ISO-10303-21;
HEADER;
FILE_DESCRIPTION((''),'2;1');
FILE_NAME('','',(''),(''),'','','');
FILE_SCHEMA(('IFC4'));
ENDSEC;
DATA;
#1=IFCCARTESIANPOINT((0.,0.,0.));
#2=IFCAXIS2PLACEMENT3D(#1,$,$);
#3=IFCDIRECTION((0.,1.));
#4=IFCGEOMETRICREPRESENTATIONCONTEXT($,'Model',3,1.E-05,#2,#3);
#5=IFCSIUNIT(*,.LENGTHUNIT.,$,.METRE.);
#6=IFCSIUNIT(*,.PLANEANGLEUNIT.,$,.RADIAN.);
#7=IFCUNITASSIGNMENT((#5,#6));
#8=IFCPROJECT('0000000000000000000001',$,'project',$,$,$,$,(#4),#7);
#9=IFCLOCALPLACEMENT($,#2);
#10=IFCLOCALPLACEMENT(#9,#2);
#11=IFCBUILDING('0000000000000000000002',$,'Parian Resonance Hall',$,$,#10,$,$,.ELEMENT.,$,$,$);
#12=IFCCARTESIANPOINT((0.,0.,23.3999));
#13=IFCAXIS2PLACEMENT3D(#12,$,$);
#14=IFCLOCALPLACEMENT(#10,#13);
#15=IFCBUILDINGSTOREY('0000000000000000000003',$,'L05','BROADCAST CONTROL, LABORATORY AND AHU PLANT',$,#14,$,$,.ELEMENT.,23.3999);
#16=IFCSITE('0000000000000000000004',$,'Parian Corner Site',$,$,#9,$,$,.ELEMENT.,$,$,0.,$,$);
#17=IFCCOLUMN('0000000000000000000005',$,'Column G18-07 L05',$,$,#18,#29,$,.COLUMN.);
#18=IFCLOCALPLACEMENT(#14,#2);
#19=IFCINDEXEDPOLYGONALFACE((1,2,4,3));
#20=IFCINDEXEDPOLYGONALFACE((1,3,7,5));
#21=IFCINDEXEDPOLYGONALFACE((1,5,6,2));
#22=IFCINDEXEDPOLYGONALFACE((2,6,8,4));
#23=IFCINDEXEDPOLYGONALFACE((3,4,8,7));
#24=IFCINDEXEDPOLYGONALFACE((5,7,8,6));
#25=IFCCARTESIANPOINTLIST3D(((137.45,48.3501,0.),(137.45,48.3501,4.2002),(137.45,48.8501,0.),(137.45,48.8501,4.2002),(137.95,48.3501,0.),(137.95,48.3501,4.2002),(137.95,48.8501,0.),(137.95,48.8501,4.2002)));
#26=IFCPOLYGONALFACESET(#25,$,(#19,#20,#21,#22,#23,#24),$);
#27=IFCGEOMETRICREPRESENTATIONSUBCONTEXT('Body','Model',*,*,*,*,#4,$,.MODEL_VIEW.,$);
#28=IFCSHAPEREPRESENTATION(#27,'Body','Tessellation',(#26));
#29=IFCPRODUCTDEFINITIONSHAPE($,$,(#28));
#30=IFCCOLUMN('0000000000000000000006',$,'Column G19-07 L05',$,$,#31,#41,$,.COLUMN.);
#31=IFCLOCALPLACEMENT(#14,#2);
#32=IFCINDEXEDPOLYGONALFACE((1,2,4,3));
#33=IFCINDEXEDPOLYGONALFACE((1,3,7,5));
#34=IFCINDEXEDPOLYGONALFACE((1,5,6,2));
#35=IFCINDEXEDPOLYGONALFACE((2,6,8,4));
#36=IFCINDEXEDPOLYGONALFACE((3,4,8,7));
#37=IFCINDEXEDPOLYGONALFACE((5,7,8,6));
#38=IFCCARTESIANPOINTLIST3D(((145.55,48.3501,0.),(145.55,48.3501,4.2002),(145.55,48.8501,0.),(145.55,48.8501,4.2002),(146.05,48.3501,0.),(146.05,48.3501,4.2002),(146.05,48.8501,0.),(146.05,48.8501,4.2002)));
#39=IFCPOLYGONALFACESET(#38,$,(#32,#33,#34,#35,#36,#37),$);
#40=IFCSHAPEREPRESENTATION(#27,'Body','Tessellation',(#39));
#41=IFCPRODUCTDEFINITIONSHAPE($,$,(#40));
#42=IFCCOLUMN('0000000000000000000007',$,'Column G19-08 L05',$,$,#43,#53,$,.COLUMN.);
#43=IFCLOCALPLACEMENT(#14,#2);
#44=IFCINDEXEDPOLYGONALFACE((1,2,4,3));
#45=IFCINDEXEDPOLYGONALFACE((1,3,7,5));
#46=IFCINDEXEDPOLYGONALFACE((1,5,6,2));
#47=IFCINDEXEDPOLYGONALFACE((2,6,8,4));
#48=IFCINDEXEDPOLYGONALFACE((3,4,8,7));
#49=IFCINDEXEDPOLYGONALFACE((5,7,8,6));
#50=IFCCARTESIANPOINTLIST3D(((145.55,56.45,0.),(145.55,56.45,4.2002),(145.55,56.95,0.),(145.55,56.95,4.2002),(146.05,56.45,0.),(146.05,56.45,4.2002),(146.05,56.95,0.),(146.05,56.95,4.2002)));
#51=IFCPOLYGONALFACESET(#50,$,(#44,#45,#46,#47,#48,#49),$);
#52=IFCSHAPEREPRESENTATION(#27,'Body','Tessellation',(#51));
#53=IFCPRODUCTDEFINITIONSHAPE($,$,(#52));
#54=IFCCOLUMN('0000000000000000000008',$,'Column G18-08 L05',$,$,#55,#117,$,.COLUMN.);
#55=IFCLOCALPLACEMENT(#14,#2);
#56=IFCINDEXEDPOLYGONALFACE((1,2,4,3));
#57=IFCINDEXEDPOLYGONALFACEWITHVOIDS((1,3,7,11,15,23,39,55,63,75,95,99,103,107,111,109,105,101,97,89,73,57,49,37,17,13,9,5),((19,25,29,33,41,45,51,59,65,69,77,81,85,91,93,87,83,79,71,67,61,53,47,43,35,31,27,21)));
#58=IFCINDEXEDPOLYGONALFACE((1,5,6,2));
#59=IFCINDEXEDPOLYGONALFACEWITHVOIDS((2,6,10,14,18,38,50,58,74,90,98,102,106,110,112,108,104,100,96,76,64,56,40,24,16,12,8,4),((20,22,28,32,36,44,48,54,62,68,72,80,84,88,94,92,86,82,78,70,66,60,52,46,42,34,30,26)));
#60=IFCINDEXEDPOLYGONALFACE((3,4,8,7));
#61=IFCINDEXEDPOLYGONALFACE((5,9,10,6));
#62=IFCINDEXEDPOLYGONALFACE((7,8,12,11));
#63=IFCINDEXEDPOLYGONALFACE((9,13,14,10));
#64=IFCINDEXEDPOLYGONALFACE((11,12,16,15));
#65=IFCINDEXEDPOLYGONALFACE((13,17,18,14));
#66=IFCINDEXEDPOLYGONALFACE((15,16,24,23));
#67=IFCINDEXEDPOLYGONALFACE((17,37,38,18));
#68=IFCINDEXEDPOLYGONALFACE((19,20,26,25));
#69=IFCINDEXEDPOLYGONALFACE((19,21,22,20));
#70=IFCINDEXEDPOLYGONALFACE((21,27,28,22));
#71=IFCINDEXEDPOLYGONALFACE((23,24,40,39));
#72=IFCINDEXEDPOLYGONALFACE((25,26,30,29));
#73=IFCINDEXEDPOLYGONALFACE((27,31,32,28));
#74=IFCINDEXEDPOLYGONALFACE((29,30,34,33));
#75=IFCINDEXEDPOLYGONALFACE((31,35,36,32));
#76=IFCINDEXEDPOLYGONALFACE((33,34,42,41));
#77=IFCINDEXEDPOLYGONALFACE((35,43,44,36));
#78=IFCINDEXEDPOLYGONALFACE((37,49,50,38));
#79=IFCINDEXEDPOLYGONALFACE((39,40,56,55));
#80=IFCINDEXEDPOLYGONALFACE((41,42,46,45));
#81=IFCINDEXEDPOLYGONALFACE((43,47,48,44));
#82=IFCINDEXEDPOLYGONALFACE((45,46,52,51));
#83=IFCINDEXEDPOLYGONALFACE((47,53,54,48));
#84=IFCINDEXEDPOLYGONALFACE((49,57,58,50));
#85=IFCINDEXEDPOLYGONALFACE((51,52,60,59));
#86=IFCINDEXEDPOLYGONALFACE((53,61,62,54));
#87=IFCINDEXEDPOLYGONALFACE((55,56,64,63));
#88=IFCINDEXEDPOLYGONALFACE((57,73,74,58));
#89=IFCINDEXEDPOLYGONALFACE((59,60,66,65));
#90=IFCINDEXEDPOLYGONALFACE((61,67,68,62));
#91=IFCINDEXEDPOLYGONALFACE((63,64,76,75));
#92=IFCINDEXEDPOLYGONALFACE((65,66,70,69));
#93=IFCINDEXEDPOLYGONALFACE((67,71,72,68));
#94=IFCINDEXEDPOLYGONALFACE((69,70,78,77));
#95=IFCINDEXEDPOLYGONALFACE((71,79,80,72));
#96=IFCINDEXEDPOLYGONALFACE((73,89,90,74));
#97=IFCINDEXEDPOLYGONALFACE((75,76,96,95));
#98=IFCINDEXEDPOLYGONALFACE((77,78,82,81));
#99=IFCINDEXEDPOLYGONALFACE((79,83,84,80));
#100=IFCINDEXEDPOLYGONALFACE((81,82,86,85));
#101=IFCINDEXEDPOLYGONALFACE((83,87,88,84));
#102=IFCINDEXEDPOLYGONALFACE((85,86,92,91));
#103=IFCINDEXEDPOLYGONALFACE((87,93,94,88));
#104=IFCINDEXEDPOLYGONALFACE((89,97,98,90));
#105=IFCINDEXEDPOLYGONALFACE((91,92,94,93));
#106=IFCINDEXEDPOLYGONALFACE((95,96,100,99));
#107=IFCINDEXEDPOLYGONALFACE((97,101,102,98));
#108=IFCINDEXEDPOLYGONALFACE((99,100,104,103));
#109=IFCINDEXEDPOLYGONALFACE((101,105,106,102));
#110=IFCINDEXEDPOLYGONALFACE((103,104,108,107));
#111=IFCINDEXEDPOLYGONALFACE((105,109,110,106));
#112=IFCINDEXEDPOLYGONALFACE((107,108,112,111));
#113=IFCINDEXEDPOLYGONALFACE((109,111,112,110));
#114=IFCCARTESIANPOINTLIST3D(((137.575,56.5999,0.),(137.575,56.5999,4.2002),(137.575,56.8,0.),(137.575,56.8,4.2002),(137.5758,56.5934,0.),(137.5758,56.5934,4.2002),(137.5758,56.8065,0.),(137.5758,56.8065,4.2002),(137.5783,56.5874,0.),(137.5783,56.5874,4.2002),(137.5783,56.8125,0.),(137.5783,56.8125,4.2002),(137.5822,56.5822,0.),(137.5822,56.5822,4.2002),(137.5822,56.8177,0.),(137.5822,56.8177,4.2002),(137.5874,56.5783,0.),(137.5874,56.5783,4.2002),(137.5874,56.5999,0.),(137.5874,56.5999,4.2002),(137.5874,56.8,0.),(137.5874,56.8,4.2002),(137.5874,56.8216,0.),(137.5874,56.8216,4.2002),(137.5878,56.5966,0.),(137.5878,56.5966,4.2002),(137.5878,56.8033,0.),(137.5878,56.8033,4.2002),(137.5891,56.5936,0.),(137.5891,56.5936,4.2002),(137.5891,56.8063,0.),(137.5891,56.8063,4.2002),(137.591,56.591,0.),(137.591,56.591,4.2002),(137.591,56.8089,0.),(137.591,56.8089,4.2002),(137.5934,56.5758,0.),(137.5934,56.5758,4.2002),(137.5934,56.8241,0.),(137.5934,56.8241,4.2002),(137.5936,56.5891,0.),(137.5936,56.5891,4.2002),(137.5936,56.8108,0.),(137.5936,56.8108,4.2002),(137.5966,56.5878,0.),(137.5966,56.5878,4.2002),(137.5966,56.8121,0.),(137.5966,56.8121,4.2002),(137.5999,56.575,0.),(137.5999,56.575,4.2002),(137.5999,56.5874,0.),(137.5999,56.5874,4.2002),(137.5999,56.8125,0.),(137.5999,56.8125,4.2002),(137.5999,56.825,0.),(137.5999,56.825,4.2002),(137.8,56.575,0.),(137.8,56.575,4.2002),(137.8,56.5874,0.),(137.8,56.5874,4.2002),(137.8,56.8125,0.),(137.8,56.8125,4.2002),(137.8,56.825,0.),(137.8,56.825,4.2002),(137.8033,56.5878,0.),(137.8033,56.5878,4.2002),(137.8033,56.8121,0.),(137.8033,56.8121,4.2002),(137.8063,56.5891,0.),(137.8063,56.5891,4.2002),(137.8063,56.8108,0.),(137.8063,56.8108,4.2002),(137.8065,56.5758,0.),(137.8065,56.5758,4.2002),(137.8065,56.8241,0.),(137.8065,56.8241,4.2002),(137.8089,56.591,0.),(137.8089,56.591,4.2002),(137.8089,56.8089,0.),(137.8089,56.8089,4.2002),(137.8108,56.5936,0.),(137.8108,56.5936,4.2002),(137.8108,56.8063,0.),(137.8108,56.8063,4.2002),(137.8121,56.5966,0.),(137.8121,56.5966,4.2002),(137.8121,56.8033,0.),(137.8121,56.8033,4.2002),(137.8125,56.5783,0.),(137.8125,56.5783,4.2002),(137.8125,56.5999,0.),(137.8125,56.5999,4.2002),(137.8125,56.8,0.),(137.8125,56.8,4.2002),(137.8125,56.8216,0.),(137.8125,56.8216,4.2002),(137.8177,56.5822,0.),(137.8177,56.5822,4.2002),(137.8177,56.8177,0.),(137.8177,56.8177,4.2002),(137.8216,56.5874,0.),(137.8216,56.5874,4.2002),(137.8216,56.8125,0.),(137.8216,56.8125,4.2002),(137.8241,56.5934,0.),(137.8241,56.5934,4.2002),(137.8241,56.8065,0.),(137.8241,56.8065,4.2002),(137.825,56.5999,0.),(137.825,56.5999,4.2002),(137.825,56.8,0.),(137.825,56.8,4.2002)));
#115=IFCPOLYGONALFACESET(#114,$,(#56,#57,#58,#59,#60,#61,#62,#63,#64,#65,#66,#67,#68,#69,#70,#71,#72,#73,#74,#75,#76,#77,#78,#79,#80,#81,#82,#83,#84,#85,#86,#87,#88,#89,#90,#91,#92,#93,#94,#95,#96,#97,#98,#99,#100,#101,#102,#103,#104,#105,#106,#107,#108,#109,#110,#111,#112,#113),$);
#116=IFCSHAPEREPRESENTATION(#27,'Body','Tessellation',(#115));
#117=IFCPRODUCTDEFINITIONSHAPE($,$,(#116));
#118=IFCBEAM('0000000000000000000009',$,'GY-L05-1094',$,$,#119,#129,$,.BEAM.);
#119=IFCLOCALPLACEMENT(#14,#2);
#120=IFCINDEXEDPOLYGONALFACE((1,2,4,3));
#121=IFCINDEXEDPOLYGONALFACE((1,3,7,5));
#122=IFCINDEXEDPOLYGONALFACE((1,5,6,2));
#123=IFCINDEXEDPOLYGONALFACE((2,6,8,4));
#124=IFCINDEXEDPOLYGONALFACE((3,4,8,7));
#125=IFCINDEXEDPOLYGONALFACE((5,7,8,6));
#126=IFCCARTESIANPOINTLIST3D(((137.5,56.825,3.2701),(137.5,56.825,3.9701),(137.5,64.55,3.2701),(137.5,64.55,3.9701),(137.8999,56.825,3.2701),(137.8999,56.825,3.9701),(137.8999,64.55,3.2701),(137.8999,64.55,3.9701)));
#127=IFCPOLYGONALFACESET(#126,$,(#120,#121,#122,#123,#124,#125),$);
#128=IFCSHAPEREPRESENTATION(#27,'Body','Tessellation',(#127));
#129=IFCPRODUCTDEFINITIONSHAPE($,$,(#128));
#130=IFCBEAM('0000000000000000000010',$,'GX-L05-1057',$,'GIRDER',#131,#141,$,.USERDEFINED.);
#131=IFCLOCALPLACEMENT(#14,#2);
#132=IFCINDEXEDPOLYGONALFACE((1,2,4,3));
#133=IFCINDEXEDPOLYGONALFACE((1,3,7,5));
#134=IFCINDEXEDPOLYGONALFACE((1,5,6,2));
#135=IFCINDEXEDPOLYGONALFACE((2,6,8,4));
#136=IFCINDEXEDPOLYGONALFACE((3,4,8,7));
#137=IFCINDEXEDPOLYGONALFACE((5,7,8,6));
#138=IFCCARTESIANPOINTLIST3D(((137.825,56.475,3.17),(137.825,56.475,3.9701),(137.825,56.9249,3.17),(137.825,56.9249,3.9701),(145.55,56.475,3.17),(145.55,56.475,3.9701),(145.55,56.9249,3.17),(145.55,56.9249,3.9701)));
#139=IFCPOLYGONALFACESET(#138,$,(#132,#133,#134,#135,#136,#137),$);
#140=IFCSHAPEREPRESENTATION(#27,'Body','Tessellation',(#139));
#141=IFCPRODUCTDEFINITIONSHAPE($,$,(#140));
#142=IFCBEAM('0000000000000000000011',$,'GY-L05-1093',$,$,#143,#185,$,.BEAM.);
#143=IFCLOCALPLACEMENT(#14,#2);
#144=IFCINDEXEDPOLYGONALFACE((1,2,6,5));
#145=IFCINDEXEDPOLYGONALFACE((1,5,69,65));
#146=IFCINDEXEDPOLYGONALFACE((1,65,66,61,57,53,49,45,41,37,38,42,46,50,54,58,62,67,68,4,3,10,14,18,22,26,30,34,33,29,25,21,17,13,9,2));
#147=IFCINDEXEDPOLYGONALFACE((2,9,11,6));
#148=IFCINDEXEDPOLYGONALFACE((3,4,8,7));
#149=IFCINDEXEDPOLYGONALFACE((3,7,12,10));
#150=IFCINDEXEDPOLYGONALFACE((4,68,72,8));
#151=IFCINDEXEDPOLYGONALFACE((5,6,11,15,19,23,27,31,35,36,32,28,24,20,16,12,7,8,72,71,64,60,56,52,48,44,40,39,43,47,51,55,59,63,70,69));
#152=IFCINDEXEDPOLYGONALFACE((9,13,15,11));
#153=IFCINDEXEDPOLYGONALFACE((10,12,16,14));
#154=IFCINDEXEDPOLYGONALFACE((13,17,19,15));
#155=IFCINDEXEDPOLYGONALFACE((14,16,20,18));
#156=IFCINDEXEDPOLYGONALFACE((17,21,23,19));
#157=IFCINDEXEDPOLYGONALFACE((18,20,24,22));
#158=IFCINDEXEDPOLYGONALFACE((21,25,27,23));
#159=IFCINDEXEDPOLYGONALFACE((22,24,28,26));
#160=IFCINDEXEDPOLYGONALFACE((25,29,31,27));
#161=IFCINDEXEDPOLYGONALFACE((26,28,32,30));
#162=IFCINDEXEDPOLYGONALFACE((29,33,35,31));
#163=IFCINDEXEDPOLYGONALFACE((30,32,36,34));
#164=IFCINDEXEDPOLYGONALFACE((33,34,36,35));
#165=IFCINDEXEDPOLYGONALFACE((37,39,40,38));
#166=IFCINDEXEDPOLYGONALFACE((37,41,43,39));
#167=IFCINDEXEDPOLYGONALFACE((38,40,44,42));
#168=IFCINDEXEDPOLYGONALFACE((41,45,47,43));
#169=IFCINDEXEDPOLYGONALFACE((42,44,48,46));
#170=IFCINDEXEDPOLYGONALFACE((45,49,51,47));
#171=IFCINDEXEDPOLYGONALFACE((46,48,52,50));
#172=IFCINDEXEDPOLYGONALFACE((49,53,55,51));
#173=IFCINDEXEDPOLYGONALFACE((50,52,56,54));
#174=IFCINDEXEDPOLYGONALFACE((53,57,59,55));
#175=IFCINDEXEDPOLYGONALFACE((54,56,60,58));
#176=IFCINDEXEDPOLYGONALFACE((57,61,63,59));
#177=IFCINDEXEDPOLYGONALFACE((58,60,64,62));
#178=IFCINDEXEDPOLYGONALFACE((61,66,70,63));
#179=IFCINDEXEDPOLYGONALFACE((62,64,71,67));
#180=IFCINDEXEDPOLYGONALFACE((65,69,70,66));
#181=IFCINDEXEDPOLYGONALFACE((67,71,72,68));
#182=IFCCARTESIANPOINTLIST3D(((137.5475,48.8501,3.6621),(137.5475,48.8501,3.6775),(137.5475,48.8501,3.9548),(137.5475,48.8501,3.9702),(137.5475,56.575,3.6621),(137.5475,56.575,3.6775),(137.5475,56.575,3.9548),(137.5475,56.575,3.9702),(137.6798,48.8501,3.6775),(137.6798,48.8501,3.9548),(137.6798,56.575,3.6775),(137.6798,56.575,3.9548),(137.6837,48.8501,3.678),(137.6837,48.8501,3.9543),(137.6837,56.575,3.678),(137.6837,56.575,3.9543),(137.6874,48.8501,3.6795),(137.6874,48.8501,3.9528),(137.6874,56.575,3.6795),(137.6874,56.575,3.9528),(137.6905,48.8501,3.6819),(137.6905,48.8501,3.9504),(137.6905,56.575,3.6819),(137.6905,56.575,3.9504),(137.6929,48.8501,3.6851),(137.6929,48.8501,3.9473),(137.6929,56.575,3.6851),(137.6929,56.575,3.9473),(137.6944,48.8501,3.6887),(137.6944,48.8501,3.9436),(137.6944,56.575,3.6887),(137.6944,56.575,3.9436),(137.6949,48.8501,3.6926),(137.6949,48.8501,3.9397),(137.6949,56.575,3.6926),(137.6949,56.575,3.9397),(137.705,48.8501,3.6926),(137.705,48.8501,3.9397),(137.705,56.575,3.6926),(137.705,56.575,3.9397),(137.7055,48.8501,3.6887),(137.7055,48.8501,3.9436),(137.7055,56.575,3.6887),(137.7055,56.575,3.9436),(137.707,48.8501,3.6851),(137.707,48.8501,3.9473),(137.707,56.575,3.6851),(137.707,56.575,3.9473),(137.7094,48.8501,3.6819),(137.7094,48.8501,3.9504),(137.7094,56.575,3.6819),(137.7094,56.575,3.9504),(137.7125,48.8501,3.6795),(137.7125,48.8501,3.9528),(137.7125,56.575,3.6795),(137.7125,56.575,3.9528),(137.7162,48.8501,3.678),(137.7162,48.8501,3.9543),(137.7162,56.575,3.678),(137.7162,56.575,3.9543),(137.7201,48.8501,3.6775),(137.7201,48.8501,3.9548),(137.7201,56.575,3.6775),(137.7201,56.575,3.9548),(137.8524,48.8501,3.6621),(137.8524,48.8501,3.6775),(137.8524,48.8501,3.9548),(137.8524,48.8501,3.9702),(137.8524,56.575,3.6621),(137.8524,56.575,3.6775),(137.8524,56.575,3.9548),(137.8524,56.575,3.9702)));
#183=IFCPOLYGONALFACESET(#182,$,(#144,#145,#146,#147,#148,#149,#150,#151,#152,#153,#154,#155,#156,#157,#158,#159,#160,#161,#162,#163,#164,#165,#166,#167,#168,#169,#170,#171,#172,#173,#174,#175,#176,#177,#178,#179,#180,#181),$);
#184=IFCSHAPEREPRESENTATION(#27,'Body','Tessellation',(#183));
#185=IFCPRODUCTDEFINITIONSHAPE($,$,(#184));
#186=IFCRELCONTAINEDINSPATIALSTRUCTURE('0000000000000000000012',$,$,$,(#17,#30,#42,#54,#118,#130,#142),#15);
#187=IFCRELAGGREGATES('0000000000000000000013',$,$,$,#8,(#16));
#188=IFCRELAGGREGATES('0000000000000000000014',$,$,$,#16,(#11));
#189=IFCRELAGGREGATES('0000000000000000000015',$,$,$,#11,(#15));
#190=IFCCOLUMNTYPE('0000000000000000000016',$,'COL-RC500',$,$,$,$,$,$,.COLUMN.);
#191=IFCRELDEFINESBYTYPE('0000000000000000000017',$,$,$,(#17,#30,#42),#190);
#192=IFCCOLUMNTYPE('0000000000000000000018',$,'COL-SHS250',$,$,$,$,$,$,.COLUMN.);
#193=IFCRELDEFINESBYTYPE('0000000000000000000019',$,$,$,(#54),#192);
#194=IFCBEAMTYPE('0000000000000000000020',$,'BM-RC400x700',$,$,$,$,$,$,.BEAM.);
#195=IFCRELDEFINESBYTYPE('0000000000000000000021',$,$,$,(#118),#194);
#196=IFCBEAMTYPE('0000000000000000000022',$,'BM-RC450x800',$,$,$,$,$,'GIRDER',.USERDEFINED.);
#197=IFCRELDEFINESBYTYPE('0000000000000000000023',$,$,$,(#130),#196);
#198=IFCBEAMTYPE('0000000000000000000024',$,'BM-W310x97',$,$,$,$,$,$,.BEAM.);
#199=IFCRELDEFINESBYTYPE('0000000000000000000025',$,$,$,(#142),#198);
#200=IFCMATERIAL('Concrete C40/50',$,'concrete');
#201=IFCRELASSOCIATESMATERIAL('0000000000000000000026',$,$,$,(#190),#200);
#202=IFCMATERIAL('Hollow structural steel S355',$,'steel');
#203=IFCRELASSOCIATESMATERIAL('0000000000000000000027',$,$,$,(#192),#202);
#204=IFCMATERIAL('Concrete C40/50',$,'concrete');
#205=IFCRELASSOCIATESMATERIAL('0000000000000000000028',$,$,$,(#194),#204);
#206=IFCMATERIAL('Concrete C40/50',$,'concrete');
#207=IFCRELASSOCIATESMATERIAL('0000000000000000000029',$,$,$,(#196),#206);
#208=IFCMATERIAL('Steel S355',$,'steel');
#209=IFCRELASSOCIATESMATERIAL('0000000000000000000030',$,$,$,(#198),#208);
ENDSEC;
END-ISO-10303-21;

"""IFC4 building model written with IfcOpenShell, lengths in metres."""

from ifc_helpers import new_model, si_unit, direction, frame, origin, origin_2d, place, context, subcontext, project, spatial, rectangle, hollow_rectangle, i_section, extrude, material, material_profile, profile_set, type_object, element, save


model = new_model("IFC4")

# Units and contexts
model_context = context("Model", 3, precision=1e-05, world=origin(), true_north=direction((0.0, 1.0)))
body_context = subcontext(model_context, "Body", "Model", "MODEL_VIEW")
ifc_project = project(units=[si_unit("LENGTHUNIT", "METRE"), si_unit("PLANEANGLEUNIT", "RADIAN")], contexts=[model_context])

# Site, building, storey
site_placement = place(None, origin())
site = spatial("IfcSite", under=ifc_project, at=site_placement, Name="Parian Corner Site", CompositionType="ELEMENT", RefElevation=0.0)
building_placement = place(site_placement, origin())
building = spatial("IfcBuilding", under=site, at=building_placement, Name="Parian Resonance Hall", CompositionType="ELEMENT")
storey_placement = place(building_placement, frame((0.0, 0.0, 23.3999)))
storey = spatial("IfcBuildingStorey", under=building, at=storey_placement, Name="L05", Description="BROADCAST CONTROL, LABORATORY AND AHU PLANT", CompositionType="ELEMENT", Elevation=23.3999)

# Columns
ifc_material_1 = material(Name="Concrete C40/50", Category="concrete")
ifc_material_profile_1 = material_profile(ifc_material_1, rectangle(XDim=0.5, YDim=0.5, at=origin_2d()), Name="RC-COL-500x500")
ifc_profile_set_1 = profile_set([ifc_material_profile_1], Name="Concrete C40/50")
column_type_1 = type_object("IfcColumnType", Name="COL-RC500", PredefinedType="COLUMN", material=ifc_profile_set_1)
for number, where, z_axis, x_axis, name in (
    (1, (137.7, 48.6001, 0.0), (0.0, 0.0, 1.0), (1.0, 0.0, 0.0), "Column G18-07 L05"),
    (2, (145.8, 48.6001, 0.0), (0.0, 0.0, 1.0), (1.0, 0.0, 0.0), "Column G19-07 L05"),
    (3, (145.8, 56.7, 0.0), (0.0, 0.0, 1.0), (1.0, 0.0, 0.0), "Column G19-08 L05"),
):
    element("IfcColumn", number, at=place(storey_placement, frame(where, z_axis=z_axis, x_axis=x_axis)), inside=storey, type_object=column_type_1, Name=name, PredefinedType="COLUMN", context=body_context, shape_type="SweptSolid", body=[
        extrude(rectangle(XDim=0.5, YDim=0.5, at=origin_2d()), origin(), (0.0, 0.0, 1.0), 4.2002),
    ])
ifc_material_2 = material(Name="Hollow structural steel S355", Category="steel")
ifc_material_profile_2 = material_profile(ifc_material_2, hollow_rectangle(XDim=0.25, YDim=0.25, WallThickness=0.0125, InnerFilletRadius=0.0125, OuterFilletRadius=0.0249, at=origin_2d()), Name="SHS250x250x12.5")
ifc_profile_set_2 = profile_set([ifc_material_profile_2], Name="Hollow structural steel S355")
column_type_2 = type_object("IfcColumnType", Name="COL-SHS250", PredefinedType="COLUMN", material=ifc_profile_set_2)
column_placement = place(storey_placement, frame((137.7, 56.7, 0.0), z_axis=(0.0, 0.0, 1.0), x_axis=(1.0, 0.0, 0.0)))
element("IfcColumn", 4, at=column_placement, inside=storey, type_object=column_type_2, Name="Column G18-08 L05", PredefinedType="COLUMN", context=body_context, shape_type="SweptSolid", body=[
    extrude(hollow_rectangle(XDim=0.25, YDim=0.25, WallThickness=0.0125, InnerFilletRadius=0.0125, OuterFilletRadius=0.0249, at=origin_2d()), origin(), (0.0, 0.0, 1.0), 4.2002),
])

# Beams
ifc_material_3 = material(Name="Concrete C40/50", Category="concrete")
ifc_material_profile_3 = material_profile(ifc_material_3, rectangle(XDim=0.3999, YDim=0.7, at=origin_2d()), Name="RC-BM-400x700")
ifc_profile_set_3 = profile_set([ifc_material_profile_3], Name="Concrete C40/50")
beam_type_1 = type_object("IfcBeamType", Name="BM-RC400x700", PredefinedType="BEAM", material=ifc_profile_set_3)
beam_1_placement = place(storey_placement, frame((137.7, 56.825, 3.6201), z_axis=(0.0, 1.0, 0.0), x_axis=(-1.0, 0.0, 0.0)))
element("IfcBeam", 5, at=beam_1_placement, inside=storey, type_object=beam_type_1, Name="GY-L05-1094", PredefinedType="BEAM", context=body_context, shape_type="SweptSolid", body=[
    extrude(rectangle(XDim=0.3999, YDim=0.7, at=origin_2d()), origin(), (0.0, 0.0, 1.0), 7.7251),
])
ifc_material_4 = material(Name="Concrete C40/50", Category="concrete")
ifc_material_profile_4 = material_profile(ifc_material_4, rectangle(XDim=0.45, YDim=0.8, at=origin_2d()), Name="RC-BM-450x800")
ifc_profile_set_4 = profile_set([ifc_material_profile_4], Name="Concrete C40/50")
beam_type_2 = type_object("IfcBeamType", Name="BM-RC450x800", ElementType="GIRDER", PredefinedType="USERDEFINED", material=ifc_profile_set_4)
beam_2_placement = place(storey_placement, frame((137.825, 56.7, 3.5701), z_axis=(1.0, 0.0, 0.0), x_axis=(0.0, 1.0, 0.0)))
element("IfcBeam", 6, at=beam_2_placement, inside=storey, type_object=beam_type_2, Name="GX-L05-1057", ObjectType="GIRDER", PredefinedType="USERDEFINED", context=body_context, shape_type="SweptSolid", body=[
    extrude(rectangle(XDim=0.45, YDim=0.8, at=origin_2d()), origin(), (0.0, 0.0, 1.0), 7.7251),
])
ifc_material_5 = material(Name="Steel S355", Category="steel")
ifc_material_profile_5 = material_profile(ifc_material_5, i_section(OverallWidth=0.3049, OverallDepth=0.3081, WebThickness=0.01, FlangeThickness=0.0154, FilletRadius=0.0151, at=origin_2d()), Name="W310x97")
ifc_profile_set_5 = profile_set([ifc_material_profile_5], Name="Steel S355")
beam_type_3 = type_object("IfcBeamType", Name="BM-W310x97", PredefinedType="BEAM", material=ifc_profile_set_5)
beam_3_placement = place(storey_placement, frame((137.7, 48.8501, 3.8162), z_axis=(0.0, 1.0, 0.0), x_axis=(-1.0, 0.0, 0.0)))
element("IfcBeam", 7, at=beam_3_placement, inside=storey, type_object=beam_type_3, Name="GY-L05-1093", PredefinedType="BEAM", context=body_context, shape_type="SweptSolid", body=[
    extrude(i_section(OverallWidth=0.3049, OverallDepth=0.3081, WebThickness=0.01, FlangeThickness=0.0154, FilletRadius=0.0151, at=origin_2d()), origin(), (0.0, 0.0, 1.0), 7.7249),
])

save(model, "model.ifc")
